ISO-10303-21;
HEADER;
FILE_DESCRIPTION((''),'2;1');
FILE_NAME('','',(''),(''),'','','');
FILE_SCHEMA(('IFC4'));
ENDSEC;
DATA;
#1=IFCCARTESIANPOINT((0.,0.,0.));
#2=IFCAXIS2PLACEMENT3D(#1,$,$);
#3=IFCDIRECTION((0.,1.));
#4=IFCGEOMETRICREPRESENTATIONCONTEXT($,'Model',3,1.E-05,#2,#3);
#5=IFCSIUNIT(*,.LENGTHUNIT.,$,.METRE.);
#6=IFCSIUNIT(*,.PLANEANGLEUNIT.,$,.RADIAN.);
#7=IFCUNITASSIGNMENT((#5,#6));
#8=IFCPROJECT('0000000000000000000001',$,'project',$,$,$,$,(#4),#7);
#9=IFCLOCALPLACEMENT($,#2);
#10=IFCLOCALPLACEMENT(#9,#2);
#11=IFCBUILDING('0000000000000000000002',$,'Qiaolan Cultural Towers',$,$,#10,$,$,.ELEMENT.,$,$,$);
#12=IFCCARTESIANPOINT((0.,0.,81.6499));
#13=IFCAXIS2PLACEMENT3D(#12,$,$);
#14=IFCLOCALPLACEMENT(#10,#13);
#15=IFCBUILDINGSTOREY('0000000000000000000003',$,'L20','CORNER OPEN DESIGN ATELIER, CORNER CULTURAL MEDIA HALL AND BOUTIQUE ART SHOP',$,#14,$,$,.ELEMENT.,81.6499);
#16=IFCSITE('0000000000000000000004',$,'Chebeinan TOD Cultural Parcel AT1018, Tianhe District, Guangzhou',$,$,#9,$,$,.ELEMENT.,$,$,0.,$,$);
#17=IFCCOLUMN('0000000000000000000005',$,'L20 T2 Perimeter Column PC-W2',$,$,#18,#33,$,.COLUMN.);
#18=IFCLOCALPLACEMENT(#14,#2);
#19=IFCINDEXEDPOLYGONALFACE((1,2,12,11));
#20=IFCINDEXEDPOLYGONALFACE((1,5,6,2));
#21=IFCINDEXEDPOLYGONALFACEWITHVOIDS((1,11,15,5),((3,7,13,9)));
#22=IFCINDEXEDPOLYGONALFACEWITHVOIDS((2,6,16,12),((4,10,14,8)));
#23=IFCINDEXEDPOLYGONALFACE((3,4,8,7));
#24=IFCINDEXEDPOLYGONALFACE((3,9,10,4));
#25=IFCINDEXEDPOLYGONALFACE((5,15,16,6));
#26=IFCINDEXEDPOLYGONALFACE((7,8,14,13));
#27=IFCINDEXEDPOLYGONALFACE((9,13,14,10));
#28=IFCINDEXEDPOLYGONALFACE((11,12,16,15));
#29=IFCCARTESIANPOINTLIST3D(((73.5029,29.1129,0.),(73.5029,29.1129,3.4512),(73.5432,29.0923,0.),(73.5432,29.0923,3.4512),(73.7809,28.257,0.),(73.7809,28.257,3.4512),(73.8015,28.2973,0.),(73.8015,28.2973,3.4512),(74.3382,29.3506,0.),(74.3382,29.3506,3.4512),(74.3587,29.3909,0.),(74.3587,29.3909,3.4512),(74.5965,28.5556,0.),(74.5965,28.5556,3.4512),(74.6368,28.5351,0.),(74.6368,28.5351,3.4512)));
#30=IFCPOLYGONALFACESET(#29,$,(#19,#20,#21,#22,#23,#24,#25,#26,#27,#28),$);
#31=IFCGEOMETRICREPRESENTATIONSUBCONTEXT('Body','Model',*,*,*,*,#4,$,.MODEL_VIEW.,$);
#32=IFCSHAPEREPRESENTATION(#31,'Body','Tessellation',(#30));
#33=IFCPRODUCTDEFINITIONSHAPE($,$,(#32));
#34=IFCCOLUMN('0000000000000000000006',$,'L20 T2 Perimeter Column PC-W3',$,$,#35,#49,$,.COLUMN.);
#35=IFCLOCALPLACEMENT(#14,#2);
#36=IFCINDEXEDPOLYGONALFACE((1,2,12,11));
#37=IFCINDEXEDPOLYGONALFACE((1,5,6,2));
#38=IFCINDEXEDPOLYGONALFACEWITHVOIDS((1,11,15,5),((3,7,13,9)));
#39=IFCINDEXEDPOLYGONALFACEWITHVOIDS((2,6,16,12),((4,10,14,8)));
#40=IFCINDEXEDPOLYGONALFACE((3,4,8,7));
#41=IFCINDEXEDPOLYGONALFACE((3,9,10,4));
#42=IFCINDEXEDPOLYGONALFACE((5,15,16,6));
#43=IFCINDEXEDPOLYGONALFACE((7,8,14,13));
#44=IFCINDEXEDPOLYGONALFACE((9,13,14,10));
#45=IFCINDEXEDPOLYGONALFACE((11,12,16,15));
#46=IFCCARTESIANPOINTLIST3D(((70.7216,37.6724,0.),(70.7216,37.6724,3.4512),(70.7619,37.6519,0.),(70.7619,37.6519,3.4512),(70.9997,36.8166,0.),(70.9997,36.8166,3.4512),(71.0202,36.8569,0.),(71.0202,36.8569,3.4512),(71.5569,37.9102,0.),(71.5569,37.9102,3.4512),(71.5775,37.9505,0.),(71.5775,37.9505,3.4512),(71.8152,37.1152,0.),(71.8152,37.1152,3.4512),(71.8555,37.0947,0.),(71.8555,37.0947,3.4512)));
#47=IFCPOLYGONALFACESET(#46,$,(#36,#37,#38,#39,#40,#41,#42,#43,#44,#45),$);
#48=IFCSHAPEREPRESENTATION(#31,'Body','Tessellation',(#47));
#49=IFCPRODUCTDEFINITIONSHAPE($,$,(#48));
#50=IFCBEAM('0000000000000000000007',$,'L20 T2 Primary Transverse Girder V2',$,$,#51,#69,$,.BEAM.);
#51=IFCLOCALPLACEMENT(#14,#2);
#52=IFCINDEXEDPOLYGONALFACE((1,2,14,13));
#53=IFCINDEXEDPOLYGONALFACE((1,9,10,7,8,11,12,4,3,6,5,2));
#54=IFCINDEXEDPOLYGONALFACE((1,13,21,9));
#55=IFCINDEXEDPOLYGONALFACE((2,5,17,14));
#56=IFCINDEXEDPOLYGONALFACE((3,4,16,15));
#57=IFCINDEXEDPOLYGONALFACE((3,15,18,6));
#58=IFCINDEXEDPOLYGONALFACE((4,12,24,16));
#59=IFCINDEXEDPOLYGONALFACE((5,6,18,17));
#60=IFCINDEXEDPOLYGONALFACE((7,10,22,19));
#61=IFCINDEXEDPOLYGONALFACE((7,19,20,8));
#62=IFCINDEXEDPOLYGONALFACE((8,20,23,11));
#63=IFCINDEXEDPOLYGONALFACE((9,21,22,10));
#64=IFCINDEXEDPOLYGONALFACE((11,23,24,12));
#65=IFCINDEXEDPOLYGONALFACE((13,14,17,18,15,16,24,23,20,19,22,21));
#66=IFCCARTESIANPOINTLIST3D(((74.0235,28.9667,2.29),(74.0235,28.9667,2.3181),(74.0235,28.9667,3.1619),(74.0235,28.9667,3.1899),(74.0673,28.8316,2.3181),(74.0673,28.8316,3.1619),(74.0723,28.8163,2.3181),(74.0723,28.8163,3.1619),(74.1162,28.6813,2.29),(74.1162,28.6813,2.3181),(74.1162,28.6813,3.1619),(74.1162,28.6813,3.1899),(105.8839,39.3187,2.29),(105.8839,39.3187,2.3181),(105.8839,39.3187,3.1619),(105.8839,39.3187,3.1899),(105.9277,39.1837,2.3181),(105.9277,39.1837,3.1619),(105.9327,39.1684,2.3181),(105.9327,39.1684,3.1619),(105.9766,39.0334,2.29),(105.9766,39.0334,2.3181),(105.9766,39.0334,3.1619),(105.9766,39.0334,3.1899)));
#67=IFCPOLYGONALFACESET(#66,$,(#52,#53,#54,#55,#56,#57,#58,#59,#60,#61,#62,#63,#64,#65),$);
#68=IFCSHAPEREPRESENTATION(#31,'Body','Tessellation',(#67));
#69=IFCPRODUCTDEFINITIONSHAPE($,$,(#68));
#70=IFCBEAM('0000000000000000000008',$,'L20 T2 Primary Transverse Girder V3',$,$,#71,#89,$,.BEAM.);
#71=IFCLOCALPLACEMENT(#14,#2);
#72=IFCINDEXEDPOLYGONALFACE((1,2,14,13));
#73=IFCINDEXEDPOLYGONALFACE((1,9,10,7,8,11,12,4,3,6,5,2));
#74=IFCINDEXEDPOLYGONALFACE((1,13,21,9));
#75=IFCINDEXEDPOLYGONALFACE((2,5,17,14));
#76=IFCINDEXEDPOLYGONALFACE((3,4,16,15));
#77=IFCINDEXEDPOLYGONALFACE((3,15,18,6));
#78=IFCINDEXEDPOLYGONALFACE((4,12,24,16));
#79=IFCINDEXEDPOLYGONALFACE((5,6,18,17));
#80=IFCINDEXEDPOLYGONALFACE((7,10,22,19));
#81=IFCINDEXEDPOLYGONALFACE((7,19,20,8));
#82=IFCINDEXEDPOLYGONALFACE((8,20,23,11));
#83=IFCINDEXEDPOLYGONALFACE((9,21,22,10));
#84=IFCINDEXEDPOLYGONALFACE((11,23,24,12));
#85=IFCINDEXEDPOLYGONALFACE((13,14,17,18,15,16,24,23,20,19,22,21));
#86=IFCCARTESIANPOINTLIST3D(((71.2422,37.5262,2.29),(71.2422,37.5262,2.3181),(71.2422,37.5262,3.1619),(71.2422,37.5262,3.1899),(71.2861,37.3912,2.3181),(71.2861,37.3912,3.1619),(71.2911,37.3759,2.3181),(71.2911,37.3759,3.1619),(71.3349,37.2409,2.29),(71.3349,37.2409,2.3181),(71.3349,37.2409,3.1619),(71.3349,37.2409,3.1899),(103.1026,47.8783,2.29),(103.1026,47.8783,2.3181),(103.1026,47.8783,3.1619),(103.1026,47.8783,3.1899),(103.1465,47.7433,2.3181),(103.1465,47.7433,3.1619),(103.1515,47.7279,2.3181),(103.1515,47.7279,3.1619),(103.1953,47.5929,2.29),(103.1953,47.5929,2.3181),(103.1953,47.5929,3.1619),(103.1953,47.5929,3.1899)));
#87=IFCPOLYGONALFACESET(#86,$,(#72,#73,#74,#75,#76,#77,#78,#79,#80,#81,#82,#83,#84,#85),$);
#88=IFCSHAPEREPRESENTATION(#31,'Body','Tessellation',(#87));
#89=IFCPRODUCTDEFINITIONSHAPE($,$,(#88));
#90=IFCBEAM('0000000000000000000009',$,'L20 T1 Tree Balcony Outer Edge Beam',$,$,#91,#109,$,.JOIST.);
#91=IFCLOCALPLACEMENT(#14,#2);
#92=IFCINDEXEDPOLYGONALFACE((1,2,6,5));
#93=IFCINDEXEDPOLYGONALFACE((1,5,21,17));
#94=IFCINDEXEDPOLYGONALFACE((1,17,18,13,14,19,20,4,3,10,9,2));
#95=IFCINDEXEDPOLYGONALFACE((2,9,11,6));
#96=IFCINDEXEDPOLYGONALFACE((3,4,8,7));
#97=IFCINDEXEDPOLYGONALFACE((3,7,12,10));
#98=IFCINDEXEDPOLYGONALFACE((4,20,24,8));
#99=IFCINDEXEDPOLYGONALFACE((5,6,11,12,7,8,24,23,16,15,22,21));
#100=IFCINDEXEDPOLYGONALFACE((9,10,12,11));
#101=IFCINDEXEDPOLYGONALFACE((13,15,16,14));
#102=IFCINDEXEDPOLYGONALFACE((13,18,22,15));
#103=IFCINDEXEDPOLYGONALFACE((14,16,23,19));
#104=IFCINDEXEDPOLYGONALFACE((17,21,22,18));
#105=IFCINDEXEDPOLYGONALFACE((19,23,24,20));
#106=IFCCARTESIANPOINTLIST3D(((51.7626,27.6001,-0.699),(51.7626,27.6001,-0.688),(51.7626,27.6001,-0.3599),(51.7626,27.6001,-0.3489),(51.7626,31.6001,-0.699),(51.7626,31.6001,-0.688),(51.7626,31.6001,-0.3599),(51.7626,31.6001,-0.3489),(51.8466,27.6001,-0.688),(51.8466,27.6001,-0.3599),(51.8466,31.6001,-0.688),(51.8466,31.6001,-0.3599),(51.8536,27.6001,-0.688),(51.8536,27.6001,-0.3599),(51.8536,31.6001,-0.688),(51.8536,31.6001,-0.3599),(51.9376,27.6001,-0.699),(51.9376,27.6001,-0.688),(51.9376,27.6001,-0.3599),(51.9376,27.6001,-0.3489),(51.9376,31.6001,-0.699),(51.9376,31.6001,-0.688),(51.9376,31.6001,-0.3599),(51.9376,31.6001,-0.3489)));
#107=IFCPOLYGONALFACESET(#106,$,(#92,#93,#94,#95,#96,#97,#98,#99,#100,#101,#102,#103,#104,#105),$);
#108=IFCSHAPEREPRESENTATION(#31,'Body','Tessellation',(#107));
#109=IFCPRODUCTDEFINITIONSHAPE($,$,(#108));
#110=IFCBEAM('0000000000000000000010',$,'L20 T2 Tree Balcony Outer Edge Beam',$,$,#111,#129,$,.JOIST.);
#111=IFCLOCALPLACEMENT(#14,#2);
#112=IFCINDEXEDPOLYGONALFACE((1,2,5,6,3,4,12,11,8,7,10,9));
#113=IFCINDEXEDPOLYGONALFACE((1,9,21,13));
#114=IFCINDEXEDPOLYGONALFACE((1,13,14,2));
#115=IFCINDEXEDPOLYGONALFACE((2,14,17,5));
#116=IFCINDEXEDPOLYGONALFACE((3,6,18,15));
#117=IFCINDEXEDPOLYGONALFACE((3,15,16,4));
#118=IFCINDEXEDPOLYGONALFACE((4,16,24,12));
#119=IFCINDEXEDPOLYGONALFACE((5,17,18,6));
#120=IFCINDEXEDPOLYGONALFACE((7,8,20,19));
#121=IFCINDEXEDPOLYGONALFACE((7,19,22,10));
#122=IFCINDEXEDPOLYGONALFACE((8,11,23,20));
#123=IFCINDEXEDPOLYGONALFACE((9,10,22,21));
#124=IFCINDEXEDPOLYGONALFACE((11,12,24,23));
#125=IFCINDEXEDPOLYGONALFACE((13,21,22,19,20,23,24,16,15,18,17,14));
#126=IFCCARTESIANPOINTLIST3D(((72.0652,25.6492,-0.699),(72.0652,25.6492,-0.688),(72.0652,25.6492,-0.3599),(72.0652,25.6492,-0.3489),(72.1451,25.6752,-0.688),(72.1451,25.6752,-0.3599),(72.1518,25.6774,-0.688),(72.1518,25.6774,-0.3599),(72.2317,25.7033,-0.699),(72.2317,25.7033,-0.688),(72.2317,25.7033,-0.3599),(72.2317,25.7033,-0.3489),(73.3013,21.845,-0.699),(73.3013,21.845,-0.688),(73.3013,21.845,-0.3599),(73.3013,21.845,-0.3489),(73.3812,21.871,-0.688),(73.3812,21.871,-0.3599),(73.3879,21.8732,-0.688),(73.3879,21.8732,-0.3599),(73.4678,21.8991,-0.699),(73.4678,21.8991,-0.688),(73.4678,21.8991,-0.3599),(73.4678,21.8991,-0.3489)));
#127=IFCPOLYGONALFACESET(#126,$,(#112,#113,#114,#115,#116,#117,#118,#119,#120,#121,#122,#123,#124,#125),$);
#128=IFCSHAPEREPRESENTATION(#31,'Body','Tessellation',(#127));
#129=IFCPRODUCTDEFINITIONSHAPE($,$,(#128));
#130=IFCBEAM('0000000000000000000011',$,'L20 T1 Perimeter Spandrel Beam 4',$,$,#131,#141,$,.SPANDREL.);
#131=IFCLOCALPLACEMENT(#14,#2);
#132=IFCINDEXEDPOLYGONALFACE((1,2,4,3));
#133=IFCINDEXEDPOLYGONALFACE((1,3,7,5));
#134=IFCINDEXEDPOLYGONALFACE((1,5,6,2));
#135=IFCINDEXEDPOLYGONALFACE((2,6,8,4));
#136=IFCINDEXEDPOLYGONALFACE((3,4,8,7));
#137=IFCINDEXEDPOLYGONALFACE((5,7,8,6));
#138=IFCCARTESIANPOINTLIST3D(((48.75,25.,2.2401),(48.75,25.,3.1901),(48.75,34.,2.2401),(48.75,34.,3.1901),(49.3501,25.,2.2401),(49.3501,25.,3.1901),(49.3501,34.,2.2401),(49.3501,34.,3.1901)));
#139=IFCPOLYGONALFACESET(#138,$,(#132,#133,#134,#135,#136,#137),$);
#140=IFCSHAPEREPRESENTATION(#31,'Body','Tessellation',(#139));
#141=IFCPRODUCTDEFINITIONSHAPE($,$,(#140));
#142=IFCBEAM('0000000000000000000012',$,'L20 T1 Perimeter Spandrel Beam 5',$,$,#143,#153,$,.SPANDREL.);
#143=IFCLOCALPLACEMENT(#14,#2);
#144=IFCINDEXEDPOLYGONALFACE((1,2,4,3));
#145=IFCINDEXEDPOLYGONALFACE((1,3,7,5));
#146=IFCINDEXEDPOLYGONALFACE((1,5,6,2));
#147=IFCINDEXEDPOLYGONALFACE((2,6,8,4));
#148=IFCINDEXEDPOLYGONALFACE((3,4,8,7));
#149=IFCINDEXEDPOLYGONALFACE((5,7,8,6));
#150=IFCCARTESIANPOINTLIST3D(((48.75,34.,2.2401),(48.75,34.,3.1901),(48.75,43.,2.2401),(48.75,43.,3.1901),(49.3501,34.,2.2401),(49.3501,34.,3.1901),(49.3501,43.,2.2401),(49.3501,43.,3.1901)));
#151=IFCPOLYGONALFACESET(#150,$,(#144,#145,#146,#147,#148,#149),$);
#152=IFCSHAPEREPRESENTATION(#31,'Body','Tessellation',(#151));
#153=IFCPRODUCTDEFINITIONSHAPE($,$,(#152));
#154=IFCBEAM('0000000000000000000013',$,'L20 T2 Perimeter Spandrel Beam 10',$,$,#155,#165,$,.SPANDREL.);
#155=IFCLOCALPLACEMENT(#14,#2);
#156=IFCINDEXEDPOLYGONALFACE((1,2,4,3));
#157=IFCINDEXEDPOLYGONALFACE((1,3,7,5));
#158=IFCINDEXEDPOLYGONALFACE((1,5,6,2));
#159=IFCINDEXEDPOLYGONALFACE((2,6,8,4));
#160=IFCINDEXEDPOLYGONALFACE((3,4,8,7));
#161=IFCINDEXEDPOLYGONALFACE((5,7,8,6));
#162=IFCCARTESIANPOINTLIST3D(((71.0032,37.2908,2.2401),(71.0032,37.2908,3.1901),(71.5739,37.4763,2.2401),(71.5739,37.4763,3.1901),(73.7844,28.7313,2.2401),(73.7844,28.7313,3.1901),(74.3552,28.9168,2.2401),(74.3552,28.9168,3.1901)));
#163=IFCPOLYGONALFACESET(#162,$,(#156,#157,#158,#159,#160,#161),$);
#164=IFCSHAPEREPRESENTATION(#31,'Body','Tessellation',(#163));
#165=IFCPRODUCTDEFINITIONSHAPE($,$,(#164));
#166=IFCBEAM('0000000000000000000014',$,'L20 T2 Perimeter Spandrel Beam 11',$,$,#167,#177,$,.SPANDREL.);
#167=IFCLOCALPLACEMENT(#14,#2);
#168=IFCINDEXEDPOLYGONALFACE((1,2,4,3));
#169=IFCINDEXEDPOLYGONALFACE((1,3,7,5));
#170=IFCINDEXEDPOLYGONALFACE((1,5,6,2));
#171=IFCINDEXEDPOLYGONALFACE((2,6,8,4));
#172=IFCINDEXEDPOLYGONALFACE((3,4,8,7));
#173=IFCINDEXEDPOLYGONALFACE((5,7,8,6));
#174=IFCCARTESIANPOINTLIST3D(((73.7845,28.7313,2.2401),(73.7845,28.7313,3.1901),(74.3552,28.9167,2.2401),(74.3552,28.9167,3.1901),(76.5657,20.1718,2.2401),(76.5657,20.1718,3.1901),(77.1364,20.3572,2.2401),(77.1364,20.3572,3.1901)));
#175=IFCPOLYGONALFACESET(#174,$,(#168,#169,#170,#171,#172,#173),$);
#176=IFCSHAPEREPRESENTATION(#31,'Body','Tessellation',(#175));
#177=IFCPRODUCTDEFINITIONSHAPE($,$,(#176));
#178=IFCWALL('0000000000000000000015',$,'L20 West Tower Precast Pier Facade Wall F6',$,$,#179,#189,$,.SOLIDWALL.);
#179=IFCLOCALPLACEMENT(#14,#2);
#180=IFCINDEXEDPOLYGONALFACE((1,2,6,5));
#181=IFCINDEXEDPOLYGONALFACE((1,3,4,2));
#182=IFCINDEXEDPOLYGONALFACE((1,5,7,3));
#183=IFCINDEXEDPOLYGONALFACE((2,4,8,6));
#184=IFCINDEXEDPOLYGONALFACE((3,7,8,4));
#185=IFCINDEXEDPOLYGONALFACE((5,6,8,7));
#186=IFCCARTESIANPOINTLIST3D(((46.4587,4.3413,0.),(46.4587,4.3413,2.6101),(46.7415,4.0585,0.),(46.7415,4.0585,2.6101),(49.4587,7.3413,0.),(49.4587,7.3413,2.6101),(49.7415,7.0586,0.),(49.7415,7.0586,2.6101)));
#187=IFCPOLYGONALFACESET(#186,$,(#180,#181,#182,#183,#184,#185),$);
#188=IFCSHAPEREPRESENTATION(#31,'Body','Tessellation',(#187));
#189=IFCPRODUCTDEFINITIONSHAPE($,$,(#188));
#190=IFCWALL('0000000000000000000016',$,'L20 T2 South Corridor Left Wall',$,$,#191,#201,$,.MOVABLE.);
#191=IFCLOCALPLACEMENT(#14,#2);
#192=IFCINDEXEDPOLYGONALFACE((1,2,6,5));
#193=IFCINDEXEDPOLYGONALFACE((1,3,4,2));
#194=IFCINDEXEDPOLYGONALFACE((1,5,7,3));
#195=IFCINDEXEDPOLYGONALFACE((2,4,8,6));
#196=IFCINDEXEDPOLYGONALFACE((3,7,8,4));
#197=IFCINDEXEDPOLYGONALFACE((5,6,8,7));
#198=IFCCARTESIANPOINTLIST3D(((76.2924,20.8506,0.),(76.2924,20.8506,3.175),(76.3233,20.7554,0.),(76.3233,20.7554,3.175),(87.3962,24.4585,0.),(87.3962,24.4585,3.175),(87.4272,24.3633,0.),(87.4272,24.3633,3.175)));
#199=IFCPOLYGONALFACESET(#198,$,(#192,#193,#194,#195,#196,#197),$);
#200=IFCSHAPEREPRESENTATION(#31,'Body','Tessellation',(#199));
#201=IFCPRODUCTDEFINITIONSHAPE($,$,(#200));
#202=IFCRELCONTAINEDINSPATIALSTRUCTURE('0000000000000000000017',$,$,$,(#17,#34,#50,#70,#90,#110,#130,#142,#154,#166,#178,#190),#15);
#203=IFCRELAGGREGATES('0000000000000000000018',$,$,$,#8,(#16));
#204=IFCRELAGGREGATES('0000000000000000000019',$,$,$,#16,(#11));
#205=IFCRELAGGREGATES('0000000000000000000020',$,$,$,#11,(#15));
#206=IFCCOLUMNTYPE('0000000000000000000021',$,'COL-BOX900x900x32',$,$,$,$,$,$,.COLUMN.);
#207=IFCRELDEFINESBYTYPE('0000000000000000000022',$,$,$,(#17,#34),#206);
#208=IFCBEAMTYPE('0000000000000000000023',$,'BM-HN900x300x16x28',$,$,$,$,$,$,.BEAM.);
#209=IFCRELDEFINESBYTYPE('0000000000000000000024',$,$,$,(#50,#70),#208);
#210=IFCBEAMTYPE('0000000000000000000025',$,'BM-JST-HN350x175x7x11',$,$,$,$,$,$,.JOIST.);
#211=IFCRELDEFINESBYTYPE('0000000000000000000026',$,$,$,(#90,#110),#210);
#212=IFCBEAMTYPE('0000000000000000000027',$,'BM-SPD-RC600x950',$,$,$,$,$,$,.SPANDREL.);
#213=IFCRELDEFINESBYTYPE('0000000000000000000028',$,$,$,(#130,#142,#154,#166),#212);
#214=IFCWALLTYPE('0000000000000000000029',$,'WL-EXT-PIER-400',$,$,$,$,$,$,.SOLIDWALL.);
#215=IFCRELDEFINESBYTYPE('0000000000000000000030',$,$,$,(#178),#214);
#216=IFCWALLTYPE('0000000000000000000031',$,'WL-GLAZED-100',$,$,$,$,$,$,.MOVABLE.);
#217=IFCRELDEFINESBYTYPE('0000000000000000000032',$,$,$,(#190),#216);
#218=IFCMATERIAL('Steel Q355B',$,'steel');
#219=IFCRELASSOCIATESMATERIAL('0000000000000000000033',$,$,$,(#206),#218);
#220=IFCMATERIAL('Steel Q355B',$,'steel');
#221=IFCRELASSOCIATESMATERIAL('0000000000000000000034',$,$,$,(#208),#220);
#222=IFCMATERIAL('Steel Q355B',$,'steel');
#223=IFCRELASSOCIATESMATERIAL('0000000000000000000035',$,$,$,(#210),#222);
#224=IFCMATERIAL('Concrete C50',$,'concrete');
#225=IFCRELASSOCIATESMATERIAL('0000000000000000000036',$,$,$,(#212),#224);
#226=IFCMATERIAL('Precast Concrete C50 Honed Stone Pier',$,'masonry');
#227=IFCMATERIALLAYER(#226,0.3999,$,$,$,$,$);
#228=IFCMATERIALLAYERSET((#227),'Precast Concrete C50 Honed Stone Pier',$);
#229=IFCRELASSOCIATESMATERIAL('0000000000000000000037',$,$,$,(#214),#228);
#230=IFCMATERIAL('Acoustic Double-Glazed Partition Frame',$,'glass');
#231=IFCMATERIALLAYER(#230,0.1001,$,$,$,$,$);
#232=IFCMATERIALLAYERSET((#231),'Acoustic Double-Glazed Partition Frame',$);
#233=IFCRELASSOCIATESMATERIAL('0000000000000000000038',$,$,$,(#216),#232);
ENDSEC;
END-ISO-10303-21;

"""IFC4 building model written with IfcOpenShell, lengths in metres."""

from ifc_helpers import new_model, si_unit, direction, frame, frame_2d, origin, origin_2d, place, context, subcontext, project, spatial, rectangle, hollow_rectangle, i_section, extrude, material, layer, layer_set, material_profile, profile_set, type_object, element, save


model = new_model("IFC4")

# Units and contexts
model_context = context("Model", 3, precision=1e-05, world=origin(), true_north=direction((0.0, 1.0)))
body_context = subcontext(model_context, "Body", "Model", "MODEL_VIEW")
ifc_project = project(units=[si_unit("LENGTHUNIT", "METRE"), si_unit("PLANEANGLEUNIT", "RADIAN")], contexts=[model_context])

# Site, building, storey
site_placement = place(None, origin())
site = spatial("IfcSite", under=ifc_project, at=site_placement, Name="Chebeinan TOD Cultural Parcel AT1018, Tianhe District, Guangzhou", CompositionType="ELEMENT", RefElevation=0.0)
building_placement = place(site_placement, origin())
building = spatial("IfcBuilding", under=site, at=building_placement, Name="Qiaolan Cultural Towers", CompositionType="ELEMENT")
storey_placement = place(building_placement, frame((0.0, 0.0, 81.6499)))
storey = spatial("IfcBuildingStorey", under=building, at=storey_placement, Name="L20", Description="CORNER OPEN DESIGN ATELIER, CORNER CULTURAL MEDIA HALL AND BOUTIQUE ART SHOP", CompositionType="ELEMENT", Elevation=81.6499)

# Columns
ifc_material_1 = material(Name="Steel Q355B", Category="steel")
ifc_material_profile_1 = material_profile(ifc_material_1, hollow_rectangle(XDim=0.8999, YDim=0.8999, WallThickness=0.032, at=origin_2d()), Name="BOX900x900x32")
ifc_profile_set_1 = profile_set([ifc_material_profile_1], Name="Steel Q355B")
column_type = type_object("IfcColumnType", Name="COL-BOX900x900x32", PredefinedType="COLUMN", material=ifc_profile_set_1)
for number, where, z_axis, x_axis, name in (
    (1, (74.0698, 28.824, 0.0), (0.0, 0.0, 1.0), (0.951057, 0.309017, 0.0), "L20 T2 Perimeter Column PC-W2"),
    (2, (71.2886, 37.3835, 0.0), (0.0, 0.0, 1.0), (0.951057, 0.309017, 0.0), "L20 T2 Perimeter Column PC-W3"),
):
    element("IfcColumn", number, at=place(storey_placement, frame(where, z_axis=z_axis, x_axis=x_axis)), inside=storey, type_object=column_type, Name=name, PredefinedType="COLUMN", context=body_context, shape_type="SweptSolid", body=[
        extrude(hollow_rectangle(XDim=0.8999, YDim=0.8999, WallThickness=0.032, at=origin_2d()), origin(), (0.0, 0.0, 1.0), 3.4512),
    ])

# Beams
ifc_material_2 = material(Name="Steel Q355B", Category="steel")
ifc_material_profile_2 = material_profile(ifc_material_2, i_section(OverallWidth=0.3, OverallDepth=0.8999, WebThickness=0.0161, FlangeThickness=0.0281, at=origin_2d()), Name="HN900x300x16x28")
ifc_profile_set_2 = profile_set([ifc_material_profile_2], Name="Steel Q355B")
beam_type_1 = type_object("IfcBeamType", Name="BM-HN900x300x16x28", PredefinedType="BEAM", material=ifc_profile_set_2)
for number, where, z_axis, x_axis, name in (
    (3, (74.0698, 28.824, 2.74), (0.951057, 0.309017, 0.0), (-0.309017, 0.951057, 0.0), "L20 T2 Primary Transverse Girder V2"),
    (4, (71.2886, 37.3835, 2.74), (0.951057, 0.309017, 0.0), (-0.309017, 0.951057, 0.0), "L20 T2 Primary Transverse Girder V3"),
):
    element("IfcBeam", number, at=place(storey_placement, frame(where, z_axis=z_axis, x_axis=x_axis)), inside=storey, type_object=beam_type_1, Name=name, PredefinedType="BEAM", context=body_context, shape_type="SweptSolid", body=[
        extrude(i_section(OverallWidth=0.3, OverallDepth=0.8999, WebThickness=0.0161, FlangeThickness=0.0281, at=origin_2d()), origin(), (0.0, 0.0, 1.0), 33.5),
    ])
ifc_material_3 = material(Name="Steel Q355B", Category="steel")
ifc_material_profile_3 = material_profile(ifc_material_3, i_section(OverallWidth=0.175, OverallDepth=0.3501, WebThickness=0.0071, FlangeThickness=0.011, at=origin_2d()), Name="HN350x175x7x11")
ifc_profile_set_3 = profile_set([ifc_material_profile_3], Name="Steel Q355B")
beam_type_2 = type_object("IfcBeamType", Name="BM-JST-HN350x175x7x11", PredefinedType="JOIST", material=ifc_profile_set_3)
for number, where, z_axis, x_axis, name in (
    (5, (51.8501, 27.6001, -0.5239), (0.0, 1.0, 0.0), (-1.0, 0.0, 0.0), "L20 T1 Tree Balcony Outer Edge Beam"),
    (6, (73.3845, 21.8721, -0.5239), (-0.309023, 0.951055, 0.0), (-0.951055, -0.309023, 0.0), "L20 T2 Tree Balcony Outer Edge Beam"),
):
    element("IfcBeam", number, at=place(storey_placement, frame(where, z_axis=z_axis, x_axis=x_axis)), inside=storey, type_object=beam_type_2, Name=name, PredefinedType="JOIST", context=body_context, shape_type="SweptSolid", body=[
        extrude(i_section(OverallWidth=0.175, OverallDepth=0.3501, WebThickness=0.0071, FlangeThickness=0.011, at=origin_2d()), origin(), (0.0, 0.0, 1.0), 4.0),
    ])
ifc_material_4 = material(Name="Concrete C50", Category="concrete")
ifc_material_profile_4 = material_profile(ifc_material_4, rectangle(XDim=0.6001, YDim=0.95, at=origin_2d()), Name="RC600x950")
ifc_profile_set_4 = profile_set([ifc_material_profile_4], Name="Concrete C50")
beam_type_3 = type_object("IfcBeamType", Name="BM-SPD-RC600x950", PredefinedType="SPANDREL", material=ifc_profile_set_4)
for number, where, z_axis, x_axis, name in (
    (7, (49.05, 25.0, 2.7151), (0.0, 1.0, 0.0), (-1.0, 0.0, 0.0), "L20 T1 Perimeter Spandrel Beam 4"),
    (8, (49.05, 34.0, 2.7151), (0.0, 1.0, 0.0), (-1.0, 0.0, 0.0), "L20 T1 Perimeter Spandrel Beam 5"),
    (9, (71.2886, 37.3835, 2.7151), (0.309025, -0.951054, 0.0), (0.951054, 0.309025, 0.0), "L20 T2 Perimeter Spandrel Beam 10"),
    (10, (74.0698, 28.824, 2.7151), (0.309025, -0.951054, 0.0), (0.951054, 0.309025, 0.0), "L20 T2 Perimeter Spandrel Beam 11"),
):
    element("IfcBeam", number, at=place(storey_placement, frame(where, z_axis=z_axis, x_axis=x_axis)), inside=storey, type_object=beam_type_3, Name=name, PredefinedType="SPANDREL", context=body_context, shape_type="SweptSolid", body=[
        extrude(rectangle(XDim=0.6001, YDim=0.95, at=origin_2d()), origin(), (0.0, 0.0, 1.0), 9.0),
    ])

# Walls
ifc_material_5 = material(Name="Precast Concrete C50 Honed Stone Pier", Category="masonry")
ifc_layer_1 = layer(ifc_material_5, 0.3999)
ifc_layer_set_1 = layer_set([ifc_layer_1], Name="Precast Concrete C50 Honed Stone Pier")
wall_type_1 = type_object("IfcWallType", Name="WL-EXT-PIER-400", PredefinedType="SOLIDWALL", material=ifc_layer_set_1)
wall_1_placement = place(storey_placement, frame((49.6001, 7.2, 0.0), z_axis=(0.0, 0.0, 1.0), x_axis=(-0.707107, -0.707107, 0.0)))
element("IfcWall", 11, at=wall_1_placement, inside=storey, type_object=wall_type_1, Name="L20 West Tower Precast Pier Facade Wall F6", PredefinedType="SOLIDWALL", context=body_context, shape_type="SweptSolid", body=[
    extrude(rectangle(XDim=4.2427, YDim=0.3999, at=frame_2d((2.1213, 0.0))), origin(), (0.0, 0.0, 1.0), 2.6101),
])
ifc_material_6 = material(Name="Acoustic Double-Glazed Partition Frame", Category="glass")
ifc_layer_2 = layer(ifc_material_6, 0.1001)
ifc_layer_set_2 = layer_set([ifc_layer_2], Name="Acoustic Double-Glazed Partition Frame")
wall_type_2 = type_object("IfcWallType", Name="WL-GLAZED-100", PredefinedType="MOVABLE", material=ifc_layer_set_2)
wall_2_placement = place(storey_placement, frame((76.3079, 20.803, 0.0), z_axis=(0.0, 0.0, 1.0), x_axis=(0.951055, 0.309023, 0.0)))
element("IfcWall", 12, at=wall_2_placement, inside=storey, type_object=wall_type_2, Name="L20 T2 South Corridor Left Wall", PredefinedType="MOVABLE", context=body_context, shape_type="SweptSolid", body=[
    extrude(rectangle(XDim=11.6753, YDim=0.1001, at=frame_2d((5.8376, 0.0))), origin(), (0.0, 0.0, 1.0), 3.175),
])

save(model, "model.ifc")
